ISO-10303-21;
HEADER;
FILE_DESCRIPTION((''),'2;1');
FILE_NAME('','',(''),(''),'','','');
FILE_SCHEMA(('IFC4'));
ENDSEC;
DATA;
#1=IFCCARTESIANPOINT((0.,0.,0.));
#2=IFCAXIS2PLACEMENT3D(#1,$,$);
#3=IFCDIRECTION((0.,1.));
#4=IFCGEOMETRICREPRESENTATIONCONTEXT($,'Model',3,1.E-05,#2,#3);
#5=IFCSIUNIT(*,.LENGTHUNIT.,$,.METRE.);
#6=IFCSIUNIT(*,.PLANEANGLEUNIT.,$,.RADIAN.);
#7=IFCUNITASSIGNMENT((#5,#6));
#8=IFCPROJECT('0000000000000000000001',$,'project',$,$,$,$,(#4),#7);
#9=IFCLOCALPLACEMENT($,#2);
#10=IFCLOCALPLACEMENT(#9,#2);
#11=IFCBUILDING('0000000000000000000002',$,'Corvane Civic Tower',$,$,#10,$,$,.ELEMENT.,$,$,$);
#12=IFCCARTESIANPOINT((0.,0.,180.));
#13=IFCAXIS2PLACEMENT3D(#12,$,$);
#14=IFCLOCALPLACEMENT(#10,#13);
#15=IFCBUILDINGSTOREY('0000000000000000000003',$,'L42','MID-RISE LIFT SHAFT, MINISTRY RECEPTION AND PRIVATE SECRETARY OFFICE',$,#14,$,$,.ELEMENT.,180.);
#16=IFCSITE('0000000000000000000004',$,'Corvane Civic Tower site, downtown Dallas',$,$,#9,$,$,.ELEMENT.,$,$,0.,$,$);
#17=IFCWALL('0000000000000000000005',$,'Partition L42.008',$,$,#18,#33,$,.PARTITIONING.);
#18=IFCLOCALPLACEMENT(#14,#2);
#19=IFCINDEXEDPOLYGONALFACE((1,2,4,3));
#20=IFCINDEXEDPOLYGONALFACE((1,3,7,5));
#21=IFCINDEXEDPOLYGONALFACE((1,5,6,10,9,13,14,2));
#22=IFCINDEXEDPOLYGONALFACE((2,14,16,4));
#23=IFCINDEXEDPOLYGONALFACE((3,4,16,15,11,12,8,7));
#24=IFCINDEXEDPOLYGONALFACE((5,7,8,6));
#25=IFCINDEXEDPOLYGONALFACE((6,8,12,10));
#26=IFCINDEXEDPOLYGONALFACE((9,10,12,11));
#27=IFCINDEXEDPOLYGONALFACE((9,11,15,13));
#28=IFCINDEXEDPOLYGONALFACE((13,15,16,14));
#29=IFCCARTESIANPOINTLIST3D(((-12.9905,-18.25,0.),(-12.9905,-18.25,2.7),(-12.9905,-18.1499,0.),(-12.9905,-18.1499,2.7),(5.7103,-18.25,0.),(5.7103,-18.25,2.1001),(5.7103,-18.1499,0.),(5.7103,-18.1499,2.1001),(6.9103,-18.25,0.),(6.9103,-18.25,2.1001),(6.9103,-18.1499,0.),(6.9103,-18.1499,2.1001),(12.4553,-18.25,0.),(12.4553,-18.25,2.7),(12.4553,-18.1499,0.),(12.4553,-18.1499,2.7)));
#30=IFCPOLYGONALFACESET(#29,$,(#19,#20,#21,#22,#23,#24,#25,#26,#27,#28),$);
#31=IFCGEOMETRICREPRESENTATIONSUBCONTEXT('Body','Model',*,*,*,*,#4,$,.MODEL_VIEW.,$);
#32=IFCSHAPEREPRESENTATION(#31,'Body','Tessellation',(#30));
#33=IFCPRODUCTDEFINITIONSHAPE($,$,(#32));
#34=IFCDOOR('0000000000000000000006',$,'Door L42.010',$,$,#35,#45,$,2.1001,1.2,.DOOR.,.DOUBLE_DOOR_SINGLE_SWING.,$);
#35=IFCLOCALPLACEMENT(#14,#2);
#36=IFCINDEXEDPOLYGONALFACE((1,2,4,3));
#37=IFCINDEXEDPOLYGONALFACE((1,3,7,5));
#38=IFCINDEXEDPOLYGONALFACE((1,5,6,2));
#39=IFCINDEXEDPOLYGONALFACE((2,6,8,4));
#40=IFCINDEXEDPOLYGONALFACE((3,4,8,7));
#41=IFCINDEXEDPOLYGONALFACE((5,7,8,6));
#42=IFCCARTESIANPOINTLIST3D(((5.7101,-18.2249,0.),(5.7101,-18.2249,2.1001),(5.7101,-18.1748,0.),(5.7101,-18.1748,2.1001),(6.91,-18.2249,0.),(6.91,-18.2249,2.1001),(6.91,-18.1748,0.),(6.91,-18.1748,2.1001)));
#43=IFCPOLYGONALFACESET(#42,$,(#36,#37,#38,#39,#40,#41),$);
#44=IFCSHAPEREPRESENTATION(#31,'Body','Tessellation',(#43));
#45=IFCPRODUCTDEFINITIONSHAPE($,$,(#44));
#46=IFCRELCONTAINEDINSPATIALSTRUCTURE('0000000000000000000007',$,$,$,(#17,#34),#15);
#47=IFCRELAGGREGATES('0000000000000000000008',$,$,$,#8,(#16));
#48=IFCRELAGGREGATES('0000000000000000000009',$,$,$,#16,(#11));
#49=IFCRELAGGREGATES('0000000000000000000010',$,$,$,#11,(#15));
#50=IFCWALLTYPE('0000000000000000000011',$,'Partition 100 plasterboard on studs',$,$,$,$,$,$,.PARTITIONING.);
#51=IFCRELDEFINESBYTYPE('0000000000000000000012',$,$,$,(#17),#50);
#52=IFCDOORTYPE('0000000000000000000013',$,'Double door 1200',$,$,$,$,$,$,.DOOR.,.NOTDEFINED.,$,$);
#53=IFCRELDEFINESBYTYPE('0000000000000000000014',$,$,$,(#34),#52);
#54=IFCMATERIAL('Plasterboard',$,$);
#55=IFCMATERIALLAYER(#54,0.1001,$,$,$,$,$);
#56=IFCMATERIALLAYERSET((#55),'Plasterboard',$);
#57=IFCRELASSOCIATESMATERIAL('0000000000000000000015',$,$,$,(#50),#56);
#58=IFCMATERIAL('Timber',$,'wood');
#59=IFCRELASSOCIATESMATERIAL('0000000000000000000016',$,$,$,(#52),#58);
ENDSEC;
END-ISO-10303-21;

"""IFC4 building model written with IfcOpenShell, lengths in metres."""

from ifc_helpers import new_model, si_unit, direction, frame, frame_2d, origin, place, context, subcontext, project, spatial, rectangle, extrude, material, layer, layer_set, type_object, element, fill, save


model = new_model("IFC4")

# Units and contexts
model_context = context("Model", 3, precision=1e-05, world=origin(), true_north=direction((0.0, 1.0)))
body_context = subcontext(model_context, "Body", "Model", "MODEL_VIEW")
ifc_project = project(units=[si_unit("LENGTHUNIT", "METRE"), si_unit("PLANEANGLEUNIT", "RADIAN")], contexts=[model_context])

# Site, building, storey
site_placement = place(None, origin())
site = spatial("IfcSite", under=ifc_project, at=site_placement, Name="Corvane Civic Tower site, downtown Dallas", CompositionType="ELEMENT", RefElevation=0.0)
building_placement = place(site_placement, origin())
building = spatial("IfcBuilding", under=site, at=building_placement, Name="Corvane Civic Tower", CompositionType="ELEMENT")
storey_placement = place(building_placement, frame((0.0, 0.0, 180.0)))
storey = spatial("IfcBuildingStorey", under=building, at=storey_placement, Name="L42", Description="MID-RISE LIFT SHAFT, MINISTRY RECEPTION AND PRIVATE SECRETARY OFFICE", CompositionType="ELEMENT", Elevation=180.0)

# Shared definitions
ifc_material_1 = material(Name="Plasterboard")
ifc_layer_1 = layer(ifc_material_1, 0.1001)
ifc_layer_set_1 = layer_set([ifc_layer_1], Name="Plasterboard")
wall_type = type_object("IfcWallType", Name="Partition 100 plasterboard on studs", PredefinedType="PARTITIONING", material=ifc_layer_set_1)

# Wall, opening, door
wall_1_placement = place(storey_placement, frame((-12.9905, -18.2, 0.0), z_axis=(0.0, 0.0, 1.0), x_axis=(1.0, 0.0, 0.0)))
wall_1 = element("IfcWall", 1, at=wall_1_placement, inside=storey, type_object=wall_type, Name="Partition L42.008", PredefinedType="PARTITIONING", context=body_context, shape_type="SweptSolid", body=[
    extrude(rectangle(XDim=25.4458, YDim=0.1001, at=frame_2d((12.7229, 0.0))), origin(), (0.0, 0.0, 1.0), 2.7),
])
opening_1_placement = place(wall_1_placement, frame((18.7007, 0.0, 0.0)))
opening_1 = element("IfcOpeningElement", 2, at=opening_1_placement, cuts=wall_1, PredefinedType="OPENING", context=body_context, shape_type="SweptSolid", body=[
    extrude(rectangle(XDim=1.2, YDim=2.1001, at=frame_2d((0.6001, 1.05))), frame((0.0, 0.0601, 0.0), z_axis=(0.0, -1.0, 0.0), x_axis=(1.0, 0.0, 0.0)), (0.0, 0.0, 1.0), 0.1201),
])
ifc_material_2 = material(Name="Timber", Category="wood")
door_type_1 = type_object("IfcDoorType", Name="Double door 1200", OperationType="NOTDEFINED", PredefinedType="DOOR", material=ifc_material_2)
door_1_placement = place(opening_1_placement, frame((1.2, 0.0, 0.0), z_axis=(0.0, 0.0, 1.0), x_axis=(-1.0, 0.0, 0.0)))
door_1 = element("IfcDoor", 3, at=door_1_placement, inside=storey, type_object=door_type_1, Name="Door L42.010", OperationType="DOUBLE_DOOR_SINGLE_SWING", OverallHeight=2.1001, OverallWidth=1.2, PredefinedType="DOOR", context=body_context, shape_type="SweptSolid", body=[
    extrude(rectangle(XDim=1.2, YDim=2.1001, at=frame_2d((0.6001, 1.05))), frame((0.0, 0.0249, 0.0), z_axis=(0.0, -1.0, 0.0), x_axis=(1.0, 0.0, 0.0)), (0.0, 0.0, 1.0), 0.05),
])
fill(opening_1, door_1)

save(model, "model.ifc")
